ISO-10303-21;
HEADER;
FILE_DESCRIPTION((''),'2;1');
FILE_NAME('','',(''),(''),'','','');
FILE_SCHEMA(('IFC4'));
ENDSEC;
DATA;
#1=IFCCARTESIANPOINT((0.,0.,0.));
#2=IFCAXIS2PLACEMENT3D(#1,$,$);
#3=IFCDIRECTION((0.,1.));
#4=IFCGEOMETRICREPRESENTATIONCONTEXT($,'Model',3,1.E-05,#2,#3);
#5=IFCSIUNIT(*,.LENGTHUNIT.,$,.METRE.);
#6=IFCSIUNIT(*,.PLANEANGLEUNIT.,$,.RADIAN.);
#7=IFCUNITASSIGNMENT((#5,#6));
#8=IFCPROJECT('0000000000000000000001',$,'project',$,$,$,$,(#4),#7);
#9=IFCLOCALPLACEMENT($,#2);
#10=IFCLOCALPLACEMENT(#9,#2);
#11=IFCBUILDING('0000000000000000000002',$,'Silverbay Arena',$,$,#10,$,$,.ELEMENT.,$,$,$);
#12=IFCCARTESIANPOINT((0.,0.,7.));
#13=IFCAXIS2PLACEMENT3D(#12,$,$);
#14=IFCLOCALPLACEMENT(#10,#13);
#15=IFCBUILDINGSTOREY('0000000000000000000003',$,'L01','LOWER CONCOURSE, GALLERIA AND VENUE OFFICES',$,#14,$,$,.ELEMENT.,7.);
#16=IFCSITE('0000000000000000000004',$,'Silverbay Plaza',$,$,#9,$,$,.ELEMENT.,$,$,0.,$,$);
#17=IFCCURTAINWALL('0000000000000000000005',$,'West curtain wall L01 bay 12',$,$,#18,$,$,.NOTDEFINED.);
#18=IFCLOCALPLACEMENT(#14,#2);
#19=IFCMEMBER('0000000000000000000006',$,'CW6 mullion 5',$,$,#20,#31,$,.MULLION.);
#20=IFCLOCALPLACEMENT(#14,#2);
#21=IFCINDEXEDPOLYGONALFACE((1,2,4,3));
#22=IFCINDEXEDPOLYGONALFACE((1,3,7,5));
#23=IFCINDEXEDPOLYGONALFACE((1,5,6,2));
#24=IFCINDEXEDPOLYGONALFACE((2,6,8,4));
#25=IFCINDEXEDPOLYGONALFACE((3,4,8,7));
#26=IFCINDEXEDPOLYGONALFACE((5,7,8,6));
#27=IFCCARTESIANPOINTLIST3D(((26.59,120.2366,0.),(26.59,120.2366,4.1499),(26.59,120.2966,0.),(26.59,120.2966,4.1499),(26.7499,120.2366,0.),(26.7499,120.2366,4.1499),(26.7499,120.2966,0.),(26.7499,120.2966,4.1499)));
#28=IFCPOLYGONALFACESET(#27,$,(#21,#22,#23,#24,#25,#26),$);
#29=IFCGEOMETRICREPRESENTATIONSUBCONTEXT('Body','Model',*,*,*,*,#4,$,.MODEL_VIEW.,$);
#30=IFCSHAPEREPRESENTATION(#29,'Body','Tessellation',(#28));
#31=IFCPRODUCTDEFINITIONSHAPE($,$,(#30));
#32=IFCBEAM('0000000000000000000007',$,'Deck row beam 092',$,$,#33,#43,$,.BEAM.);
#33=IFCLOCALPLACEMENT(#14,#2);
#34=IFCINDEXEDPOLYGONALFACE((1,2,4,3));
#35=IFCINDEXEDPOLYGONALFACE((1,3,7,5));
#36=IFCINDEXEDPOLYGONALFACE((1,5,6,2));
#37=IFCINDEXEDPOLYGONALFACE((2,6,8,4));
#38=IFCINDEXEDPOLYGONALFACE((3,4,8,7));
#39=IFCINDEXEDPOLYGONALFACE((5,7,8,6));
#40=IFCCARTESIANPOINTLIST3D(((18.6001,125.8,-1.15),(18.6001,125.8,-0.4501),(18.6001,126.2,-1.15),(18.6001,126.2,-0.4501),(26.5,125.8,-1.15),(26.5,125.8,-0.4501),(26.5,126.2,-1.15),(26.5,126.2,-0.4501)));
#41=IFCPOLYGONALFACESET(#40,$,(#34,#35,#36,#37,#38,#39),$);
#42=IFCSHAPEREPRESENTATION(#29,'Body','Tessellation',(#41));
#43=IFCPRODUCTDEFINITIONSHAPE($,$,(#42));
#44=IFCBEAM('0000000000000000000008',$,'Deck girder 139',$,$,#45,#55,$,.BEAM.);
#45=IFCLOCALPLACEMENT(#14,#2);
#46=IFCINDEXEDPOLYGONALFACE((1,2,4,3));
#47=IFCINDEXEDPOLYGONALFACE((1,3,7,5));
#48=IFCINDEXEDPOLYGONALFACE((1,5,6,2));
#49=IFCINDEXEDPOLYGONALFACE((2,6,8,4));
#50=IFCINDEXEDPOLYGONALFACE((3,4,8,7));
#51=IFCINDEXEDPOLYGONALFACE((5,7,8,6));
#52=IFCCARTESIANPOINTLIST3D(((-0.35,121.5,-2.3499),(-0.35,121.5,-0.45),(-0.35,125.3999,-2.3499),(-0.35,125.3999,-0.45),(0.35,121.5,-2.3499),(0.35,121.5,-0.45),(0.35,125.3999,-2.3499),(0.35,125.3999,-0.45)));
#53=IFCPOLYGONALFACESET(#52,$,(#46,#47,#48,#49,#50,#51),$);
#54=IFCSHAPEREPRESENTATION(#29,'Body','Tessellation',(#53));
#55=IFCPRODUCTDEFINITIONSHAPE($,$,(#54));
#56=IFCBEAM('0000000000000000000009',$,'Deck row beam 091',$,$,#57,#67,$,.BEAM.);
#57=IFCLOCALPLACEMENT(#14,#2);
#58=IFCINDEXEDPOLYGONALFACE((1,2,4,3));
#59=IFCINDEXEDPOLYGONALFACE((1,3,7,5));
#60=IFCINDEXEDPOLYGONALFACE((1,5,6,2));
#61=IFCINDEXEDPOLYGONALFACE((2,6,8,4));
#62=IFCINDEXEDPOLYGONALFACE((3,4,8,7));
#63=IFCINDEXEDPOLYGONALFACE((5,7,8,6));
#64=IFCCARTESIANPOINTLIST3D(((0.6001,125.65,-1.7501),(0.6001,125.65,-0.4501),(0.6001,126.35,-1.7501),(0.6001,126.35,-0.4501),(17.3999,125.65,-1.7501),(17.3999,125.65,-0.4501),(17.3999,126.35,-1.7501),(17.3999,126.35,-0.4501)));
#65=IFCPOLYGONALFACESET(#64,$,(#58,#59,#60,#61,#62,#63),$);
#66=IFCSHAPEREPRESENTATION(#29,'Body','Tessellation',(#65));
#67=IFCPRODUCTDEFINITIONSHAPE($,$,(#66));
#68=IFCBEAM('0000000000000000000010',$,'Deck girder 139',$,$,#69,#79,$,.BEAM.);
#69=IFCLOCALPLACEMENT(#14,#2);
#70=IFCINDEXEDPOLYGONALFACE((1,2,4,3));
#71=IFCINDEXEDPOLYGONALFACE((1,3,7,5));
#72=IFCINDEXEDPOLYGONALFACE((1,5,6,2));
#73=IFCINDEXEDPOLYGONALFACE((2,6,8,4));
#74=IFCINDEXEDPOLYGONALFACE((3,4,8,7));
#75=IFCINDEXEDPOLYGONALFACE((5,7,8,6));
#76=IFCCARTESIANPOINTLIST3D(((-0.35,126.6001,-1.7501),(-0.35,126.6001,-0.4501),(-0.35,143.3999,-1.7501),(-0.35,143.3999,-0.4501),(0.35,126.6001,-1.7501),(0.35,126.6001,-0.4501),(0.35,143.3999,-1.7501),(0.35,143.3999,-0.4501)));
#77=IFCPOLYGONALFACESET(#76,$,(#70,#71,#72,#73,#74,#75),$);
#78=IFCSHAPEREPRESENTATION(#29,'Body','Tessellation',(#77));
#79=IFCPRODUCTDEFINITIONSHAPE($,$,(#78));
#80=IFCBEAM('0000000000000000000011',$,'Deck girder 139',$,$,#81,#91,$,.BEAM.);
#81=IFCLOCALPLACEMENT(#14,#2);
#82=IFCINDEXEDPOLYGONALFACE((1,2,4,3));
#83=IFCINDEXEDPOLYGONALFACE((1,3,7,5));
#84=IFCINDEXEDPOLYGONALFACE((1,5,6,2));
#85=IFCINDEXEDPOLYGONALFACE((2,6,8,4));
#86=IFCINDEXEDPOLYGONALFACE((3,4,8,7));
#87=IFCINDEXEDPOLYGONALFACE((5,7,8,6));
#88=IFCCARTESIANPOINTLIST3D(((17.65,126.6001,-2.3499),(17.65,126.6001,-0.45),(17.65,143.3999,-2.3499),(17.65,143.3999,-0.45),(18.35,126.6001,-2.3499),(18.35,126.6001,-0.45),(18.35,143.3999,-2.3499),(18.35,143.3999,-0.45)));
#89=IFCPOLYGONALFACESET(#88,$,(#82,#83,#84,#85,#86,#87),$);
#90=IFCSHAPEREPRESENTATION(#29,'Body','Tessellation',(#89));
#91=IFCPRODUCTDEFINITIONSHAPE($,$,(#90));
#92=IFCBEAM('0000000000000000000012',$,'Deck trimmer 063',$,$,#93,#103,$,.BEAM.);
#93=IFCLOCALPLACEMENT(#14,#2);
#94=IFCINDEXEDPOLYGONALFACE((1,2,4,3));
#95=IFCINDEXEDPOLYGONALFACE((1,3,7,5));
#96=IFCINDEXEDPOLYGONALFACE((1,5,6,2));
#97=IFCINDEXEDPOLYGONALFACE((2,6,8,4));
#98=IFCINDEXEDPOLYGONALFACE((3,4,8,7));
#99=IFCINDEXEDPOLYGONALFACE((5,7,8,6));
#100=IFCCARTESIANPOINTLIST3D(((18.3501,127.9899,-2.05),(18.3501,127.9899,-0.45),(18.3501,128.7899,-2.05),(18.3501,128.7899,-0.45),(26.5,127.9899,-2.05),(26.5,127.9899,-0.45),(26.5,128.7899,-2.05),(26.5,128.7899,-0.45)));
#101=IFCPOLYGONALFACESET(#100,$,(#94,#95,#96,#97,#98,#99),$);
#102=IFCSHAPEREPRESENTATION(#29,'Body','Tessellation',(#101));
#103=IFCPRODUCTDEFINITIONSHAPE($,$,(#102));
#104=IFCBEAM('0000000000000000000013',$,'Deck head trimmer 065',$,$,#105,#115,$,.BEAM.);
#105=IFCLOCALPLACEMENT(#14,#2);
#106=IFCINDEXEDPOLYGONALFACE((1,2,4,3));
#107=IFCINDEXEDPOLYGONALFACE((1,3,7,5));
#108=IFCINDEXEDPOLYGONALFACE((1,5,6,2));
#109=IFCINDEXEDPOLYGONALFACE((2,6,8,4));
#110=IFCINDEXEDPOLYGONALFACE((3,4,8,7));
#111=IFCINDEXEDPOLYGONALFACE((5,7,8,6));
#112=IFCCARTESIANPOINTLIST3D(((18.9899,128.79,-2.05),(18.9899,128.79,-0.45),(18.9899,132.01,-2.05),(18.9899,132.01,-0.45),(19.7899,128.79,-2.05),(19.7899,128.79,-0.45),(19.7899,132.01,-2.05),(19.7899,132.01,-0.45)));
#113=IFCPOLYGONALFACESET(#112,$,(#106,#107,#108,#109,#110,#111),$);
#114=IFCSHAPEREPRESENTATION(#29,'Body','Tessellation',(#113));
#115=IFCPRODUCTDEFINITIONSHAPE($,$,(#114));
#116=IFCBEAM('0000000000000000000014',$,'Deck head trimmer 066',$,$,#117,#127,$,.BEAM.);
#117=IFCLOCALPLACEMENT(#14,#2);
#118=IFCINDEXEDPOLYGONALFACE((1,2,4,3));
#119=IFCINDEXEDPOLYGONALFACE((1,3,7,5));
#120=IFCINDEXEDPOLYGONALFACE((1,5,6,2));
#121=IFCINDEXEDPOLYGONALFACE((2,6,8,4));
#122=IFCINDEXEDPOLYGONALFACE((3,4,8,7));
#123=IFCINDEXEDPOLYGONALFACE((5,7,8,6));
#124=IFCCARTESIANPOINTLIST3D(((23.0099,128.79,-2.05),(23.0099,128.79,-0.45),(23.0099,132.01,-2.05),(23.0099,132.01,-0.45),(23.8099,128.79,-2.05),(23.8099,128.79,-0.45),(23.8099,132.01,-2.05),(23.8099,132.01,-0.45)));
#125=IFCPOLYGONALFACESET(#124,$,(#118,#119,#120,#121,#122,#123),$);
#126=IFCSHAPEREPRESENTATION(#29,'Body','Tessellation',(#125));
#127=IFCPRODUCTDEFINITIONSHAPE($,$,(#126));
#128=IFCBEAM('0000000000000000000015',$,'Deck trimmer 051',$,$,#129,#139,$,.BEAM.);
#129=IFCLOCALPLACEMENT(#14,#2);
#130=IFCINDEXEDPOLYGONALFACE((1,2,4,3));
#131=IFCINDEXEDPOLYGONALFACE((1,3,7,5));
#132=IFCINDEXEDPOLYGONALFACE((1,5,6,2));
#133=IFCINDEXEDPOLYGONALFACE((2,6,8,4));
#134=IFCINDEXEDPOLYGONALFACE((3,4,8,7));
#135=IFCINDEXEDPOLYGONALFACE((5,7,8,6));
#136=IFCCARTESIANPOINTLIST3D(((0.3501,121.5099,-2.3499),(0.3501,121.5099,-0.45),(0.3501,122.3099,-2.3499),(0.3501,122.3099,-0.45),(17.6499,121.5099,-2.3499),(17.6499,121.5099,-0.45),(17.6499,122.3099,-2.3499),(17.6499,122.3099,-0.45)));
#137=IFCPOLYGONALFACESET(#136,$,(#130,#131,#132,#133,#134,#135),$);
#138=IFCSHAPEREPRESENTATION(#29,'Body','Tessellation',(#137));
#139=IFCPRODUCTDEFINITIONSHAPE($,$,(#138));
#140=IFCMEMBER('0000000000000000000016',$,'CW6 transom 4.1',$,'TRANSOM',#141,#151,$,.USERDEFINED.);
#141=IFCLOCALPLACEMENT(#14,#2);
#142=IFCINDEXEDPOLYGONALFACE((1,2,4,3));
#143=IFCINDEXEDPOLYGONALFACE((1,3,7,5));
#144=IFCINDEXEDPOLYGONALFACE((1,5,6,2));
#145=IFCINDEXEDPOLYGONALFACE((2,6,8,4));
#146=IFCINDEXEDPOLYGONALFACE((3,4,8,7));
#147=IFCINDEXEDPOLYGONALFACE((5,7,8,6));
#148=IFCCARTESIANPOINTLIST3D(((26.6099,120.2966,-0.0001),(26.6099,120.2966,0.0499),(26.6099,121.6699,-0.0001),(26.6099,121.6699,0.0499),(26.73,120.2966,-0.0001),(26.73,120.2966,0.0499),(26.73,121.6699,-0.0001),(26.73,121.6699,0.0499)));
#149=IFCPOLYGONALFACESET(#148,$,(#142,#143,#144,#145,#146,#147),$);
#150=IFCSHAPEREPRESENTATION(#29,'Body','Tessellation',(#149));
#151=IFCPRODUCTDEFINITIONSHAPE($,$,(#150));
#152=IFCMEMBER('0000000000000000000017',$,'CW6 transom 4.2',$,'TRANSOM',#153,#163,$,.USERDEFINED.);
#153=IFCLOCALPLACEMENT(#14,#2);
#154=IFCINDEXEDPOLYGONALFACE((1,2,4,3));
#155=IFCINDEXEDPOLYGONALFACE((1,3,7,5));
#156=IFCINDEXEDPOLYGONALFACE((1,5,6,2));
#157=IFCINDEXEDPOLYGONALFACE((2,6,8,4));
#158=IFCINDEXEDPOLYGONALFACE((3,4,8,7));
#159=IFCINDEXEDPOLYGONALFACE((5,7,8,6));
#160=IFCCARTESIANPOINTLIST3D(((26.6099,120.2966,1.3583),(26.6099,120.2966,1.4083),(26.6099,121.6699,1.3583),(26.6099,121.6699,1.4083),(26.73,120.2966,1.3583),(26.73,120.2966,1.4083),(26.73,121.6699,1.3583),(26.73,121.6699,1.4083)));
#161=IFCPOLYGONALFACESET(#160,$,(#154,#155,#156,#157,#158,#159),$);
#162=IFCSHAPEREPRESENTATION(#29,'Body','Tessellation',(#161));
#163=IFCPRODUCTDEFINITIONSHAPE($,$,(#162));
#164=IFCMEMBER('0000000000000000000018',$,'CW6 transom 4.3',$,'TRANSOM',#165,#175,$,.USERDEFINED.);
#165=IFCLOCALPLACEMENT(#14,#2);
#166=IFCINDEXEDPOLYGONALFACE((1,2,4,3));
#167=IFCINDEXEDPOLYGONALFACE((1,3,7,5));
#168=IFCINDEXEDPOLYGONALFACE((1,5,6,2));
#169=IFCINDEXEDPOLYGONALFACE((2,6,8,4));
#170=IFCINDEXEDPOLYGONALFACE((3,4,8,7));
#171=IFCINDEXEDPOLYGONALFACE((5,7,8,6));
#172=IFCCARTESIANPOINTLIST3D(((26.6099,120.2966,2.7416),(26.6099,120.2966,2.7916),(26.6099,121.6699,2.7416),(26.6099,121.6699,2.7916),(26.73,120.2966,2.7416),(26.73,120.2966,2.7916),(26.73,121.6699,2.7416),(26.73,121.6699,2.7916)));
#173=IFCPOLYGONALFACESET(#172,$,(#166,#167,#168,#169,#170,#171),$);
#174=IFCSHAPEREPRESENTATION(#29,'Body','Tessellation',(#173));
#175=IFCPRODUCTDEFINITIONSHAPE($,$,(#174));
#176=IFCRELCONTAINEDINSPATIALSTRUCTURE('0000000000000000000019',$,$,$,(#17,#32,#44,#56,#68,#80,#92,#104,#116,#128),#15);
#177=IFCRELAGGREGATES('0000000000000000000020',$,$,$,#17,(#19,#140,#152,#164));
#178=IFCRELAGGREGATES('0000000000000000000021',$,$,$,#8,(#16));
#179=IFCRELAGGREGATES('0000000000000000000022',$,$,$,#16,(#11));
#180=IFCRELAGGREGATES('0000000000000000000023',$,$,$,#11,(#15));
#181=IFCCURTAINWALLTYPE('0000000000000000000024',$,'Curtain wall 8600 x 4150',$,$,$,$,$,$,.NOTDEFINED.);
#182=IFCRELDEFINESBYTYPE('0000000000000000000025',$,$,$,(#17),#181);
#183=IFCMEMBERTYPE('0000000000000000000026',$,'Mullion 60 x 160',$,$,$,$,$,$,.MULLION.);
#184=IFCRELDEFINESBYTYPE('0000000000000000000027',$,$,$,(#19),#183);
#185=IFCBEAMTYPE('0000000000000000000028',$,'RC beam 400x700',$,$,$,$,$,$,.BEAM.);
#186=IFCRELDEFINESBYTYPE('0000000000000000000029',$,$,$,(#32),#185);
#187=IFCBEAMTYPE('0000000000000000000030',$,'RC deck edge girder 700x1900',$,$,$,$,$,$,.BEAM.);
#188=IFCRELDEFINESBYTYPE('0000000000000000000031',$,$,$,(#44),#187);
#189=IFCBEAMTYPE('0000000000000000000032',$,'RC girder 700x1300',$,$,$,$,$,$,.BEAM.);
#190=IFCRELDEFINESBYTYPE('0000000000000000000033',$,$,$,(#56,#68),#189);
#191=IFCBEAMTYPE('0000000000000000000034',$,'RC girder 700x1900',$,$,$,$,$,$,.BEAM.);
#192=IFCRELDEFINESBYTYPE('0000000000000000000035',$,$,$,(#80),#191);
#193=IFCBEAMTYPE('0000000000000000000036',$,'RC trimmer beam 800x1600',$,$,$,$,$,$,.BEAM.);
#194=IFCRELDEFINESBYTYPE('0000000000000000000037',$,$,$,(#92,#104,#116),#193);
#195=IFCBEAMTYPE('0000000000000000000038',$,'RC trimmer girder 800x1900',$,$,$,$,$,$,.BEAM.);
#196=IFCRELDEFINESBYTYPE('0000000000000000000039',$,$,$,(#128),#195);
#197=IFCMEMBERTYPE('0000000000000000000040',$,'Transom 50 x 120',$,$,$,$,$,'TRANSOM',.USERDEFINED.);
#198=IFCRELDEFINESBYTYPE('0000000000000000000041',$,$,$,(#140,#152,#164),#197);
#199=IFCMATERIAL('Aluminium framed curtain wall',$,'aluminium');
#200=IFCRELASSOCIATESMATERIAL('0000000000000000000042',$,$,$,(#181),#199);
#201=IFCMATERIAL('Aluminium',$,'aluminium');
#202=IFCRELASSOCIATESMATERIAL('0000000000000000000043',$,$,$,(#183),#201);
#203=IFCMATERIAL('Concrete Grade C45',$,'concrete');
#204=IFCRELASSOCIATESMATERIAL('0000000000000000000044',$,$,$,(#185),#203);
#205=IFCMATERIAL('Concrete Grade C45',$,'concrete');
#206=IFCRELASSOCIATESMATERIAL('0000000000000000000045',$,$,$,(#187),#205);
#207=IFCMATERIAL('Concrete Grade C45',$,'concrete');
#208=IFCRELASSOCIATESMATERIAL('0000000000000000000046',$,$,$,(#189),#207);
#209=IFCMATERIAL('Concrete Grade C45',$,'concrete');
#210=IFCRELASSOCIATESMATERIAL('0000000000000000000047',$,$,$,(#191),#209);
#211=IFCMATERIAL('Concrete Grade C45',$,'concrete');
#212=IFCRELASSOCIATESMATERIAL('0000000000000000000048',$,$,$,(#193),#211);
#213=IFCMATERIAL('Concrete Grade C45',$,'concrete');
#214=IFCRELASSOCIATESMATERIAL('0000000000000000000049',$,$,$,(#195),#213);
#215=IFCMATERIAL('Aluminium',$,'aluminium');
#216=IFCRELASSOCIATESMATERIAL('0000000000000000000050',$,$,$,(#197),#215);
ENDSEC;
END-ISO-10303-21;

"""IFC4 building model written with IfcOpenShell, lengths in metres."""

from ifc_helpers import new_model, si_unit, direction, frame, origin, origin_2d, place, context, subcontext, project, spatial, rectangle, extrude, material, material_profile, profile_set, type_object, element, aggregate, save


model = new_model("IFC4")

# Units and contexts
model_context = context("Model", 3, precision=1e-05, world=origin(), true_north=direction((0.0, 1.0)))
body_context = subcontext(model_context, "Body", "Model", "MODEL_VIEW")
ifc_project = project(units=[si_unit("LENGTHUNIT", "METRE"), si_unit("PLANEANGLEUNIT", "RADIAN")], contexts=[model_context])

# Site, building, storey
site_placement = place(None, origin())
site = spatial("IfcSite", under=ifc_project, at=site_placement, Name="Silverbay Plaza", CompositionType="ELEMENT", RefElevation=0.0)
building_placement = place(site_placement, origin())
building = spatial("IfcBuilding", under=site, at=building_placement, Name="Silverbay Arena", CompositionType="ELEMENT")
storey_placement = place(building_placement, frame((0.0, 0.0, 7.0)))
storey = spatial("IfcBuildingStorey", under=building, at=storey_placement, Name="L01", Description="LOWER CONCOURSE, GALLERIA AND VENUE OFFICES", CompositionType="ELEMENT", Elevation=7.0)

# Curtain wall, member
ifc_material_1 = material(Name="Aluminium framed curtain wall", Category="aluminium")
curtain_wall_type = type_object("IfcCurtainWallType", Name="Curtain wall 8600 x 4150", PredefinedType="NOTDEFINED", material=ifc_material_1)
curtain_wall_placement = place(storey_placement, origin())
curtain_wall = element("IfcCurtainWall", 1, at=curtain_wall_placement, inside=storey, type_object=curtain_wall_type, Name="West curtain wall L01 bay 12", PredefinedType="NOTDEFINED")
ifc_material_2 = material(Name="Aluminium", Category="aluminium")
ifc_material_profile_1 = material_profile(ifc_material_2, rectangle(XDim=0.1599, YDim=0.0601, at=origin_2d()), Name="Mullion 60 x 160")
ifc_profile_set_1 = profile_set([ifc_material_profile_1], Name="Aluminium")
member_type_1 = type_object("IfcMemberType", Name="Mullion 60 x 160", PredefinedType="MULLION", material=ifc_profile_set_1)
member_1_placement = place(storey_placement, frame((26.6699, 120.2666, 0.0), z_axis=(0.0, 0.0, 1.0), x_axis=(1.0, 0.0, 0.0)))
member_1 = element("IfcMember", 2, at=member_1_placement, type_object=member_type_1, Name="CW6 mullion 5", PredefinedType="MULLION", context=body_context, shape_type="SweptSolid", body=[
    extrude(rectangle(XDim=0.1599, YDim=0.0601, at=origin_2d()), origin(), (0.0, 0.0, 1.0), 4.1499),
])

# Beams
ifc_material_3 = material(Name="Concrete Grade C45", Category="concrete")
ifc_material_profile_2 = material_profile(ifc_material_3, rectangle(XDim=0.3999, YDim=0.7, at=origin_2d()), Name="RC 400x700")
ifc_profile_set_2 = profile_set([ifc_material_profile_2], Name="Concrete Grade C45")
beam_type_1 = type_object("IfcBeamType", Name="RC beam 400x700", PredefinedType="BEAM", material=ifc_profile_set_2)
beam_1_placement = place(storey_placement, frame((18.6001, 126.0, -0.8), z_axis=(1.0, 0.0, 0.0), x_axis=(0.0, 1.0, 0.0)))
element("IfcBeam", 3, at=beam_1_placement, inside=storey, type_object=beam_type_1, Name="Deck row beam 092", PredefinedType="BEAM", context=body_context, shape_type="SweptSolid", body=[
    extrude(rectangle(XDim=0.3999, YDim=0.7, at=origin_2d()), origin(), (0.0, 0.0, 1.0), 7.8999),
])
ifc_material_4 = material(Name="Concrete Grade C45", Category="concrete")
ifc_material_profile_3 = material_profile(ifc_material_4, rectangle(XDim=0.7, YDim=1.8999, at=origin_2d()), Name="RC 700x1900")
ifc_profile_set_3 = profile_set([ifc_material_profile_3], Name="Concrete Grade C45")
beam_type_2 = type_object("IfcBeamType", Name="RC deck edge girder 700x1900", PredefinedType="BEAM", material=ifc_profile_set_3)
beam_2_placement = place(storey_placement, frame((0.0, 121.5, -1.3999), z_axis=(0.0, 1.0, 0.0), x_axis=(-1.0, 0.0, 0.0)))
element("IfcBeam", 4, at=beam_2_placement, inside=storey, type_object=beam_type_2, Name="Deck girder 139", PredefinedType="BEAM", context=body_context, shape_type="SweptSolid", body=[
    extrude(rectangle(XDim=0.7, YDim=1.8999, at=origin_2d()), origin(), (0.0, 0.0, 1.0), 3.8999),
])
ifc_material_5 = material(Name="Concrete Grade C45", Category="concrete")
ifc_material_profile_4 = material_profile(ifc_material_5, rectangle(XDim=0.7, YDim=1.3, at=origin_2d()), Name="RC 700x1300")
ifc_profile_set_4 = profile_set([ifc_material_profile_4], Name="Concrete Grade C45")
beam_type_3 = type_object("IfcBeamType", Name="RC girder 700x1300", PredefinedType="BEAM", material=ifc_profile_set_4)
for number, where, z_axis, x_axis, name in (
    (5, (0.6001, 126.0, -1.1001), (1.0, 0.0, 0.0), (0.0, 1.0, 0.0), "Deck row beam 091"),
    (6, (0.0, 126.6001, -1.1001), (0.0, 1.0, 0.0), (-1.0, 0.0, 0.0), "Deck girder 139"),
):
    element("IfcBeam", number, at=place(storey_placement, frame(where, z_axis=z_axis, x_axis=x_axis)), inside=storey, type_object=beam_type_3, Name=name, PredefinedType="BEAM", context=body_context, shape_type="SweptSolid", body=[
        extrude(rectangle(XDim=0.7, YDim=1.3, at=origin_2d()), origin(), (0.0, 0.0, 1.0), 16.7998),
    ])
ifc_material_6 = material(Name="Concrete Grade C45", Category="concrete")
ifc_material_profile_5 = material_profile(ifc_material_6, rectangle(XDim=0.7, YDim=1.8999, at=origin_2d()), Name="RC 700x1900")
ifc_profile_set_5 = profile_set([ifc_material_profile_5], Name="Concrete Grade C45")
beam_type_4 = type_object("IfcBeamType", Name="RC girder 700x1900", PredefinedType="BEAM", material=ifc_profile_set_5)
beam_3_placement = place(storey_placement, frame((18.0, 126.6001, -1.3999), z_axis=(0.0, 1.0, 0.0), x_axis=(-1.0, 0.0, 0.0)))
element("IfcBeam", 7, at=beam_3_placement, inside=storey, type_object=beam_type_4, Name="Deck girder 139", PredefinedType="BEAM", context=body_context, shape_type="SweptSolid", body=[
    extrude(rectangle(XDim=0.7, YDim=1.8999, at=origin_2d()), origin(), (0.0, 0.0, 1.0), 16.7998),
])
ifc_material_7 = material(Name="Concrete Grade C45", Category="concrete")
ifc_material_profile_6 = material_profile(ifc_material_7, rectangle(XDim=0.8, YDim=1.6001, at=origin_2d()), Name="RC 800x1600")
ifc_profile_set_6 = profile_set([ifc_material_profile_6], Name="Concrete Grade C45")
beam_type_5 = type_object("IfcBeamType", Name="RC trimmer beam 800x1600", PredefinedType="BEAM", material=ifc_profile_set_6)
beam_4_placement = place(storey_placement, frame((18.3501, 128.3899, -1.25), z_axis=(1.0, 0.0, 0.0), x_axis=(0.0, 1.0, 0.0)))
element("IfcBeam", 8, at=beam_4_placement, inside=storey, type_object=beam_type_5, Name="Deck trimmer 063", PredefinedType="BEAM", context=body_context, shape_type="SweptSolid", body=[
    extrude(rectangle(XDim=0.8, YDim=1.6001, at=origin_2d()), origin(), (0.0, 0.0, 1.0), 8.1499),
])
for number, where, z_axis, x_axis, name in (
    (9, (19.3899, 128.79, -1.25), (0.0, 1.0, 0.0), (-1.0, 0.0, 0.0), "Deck head trimmer 065"),
    (10, (23.4099, 128.79, -1.25), (0.0, 1.0, 0.0), (-1.0, 0.0, 0.0), "Deck head trimmer 066"),
):
    element("IfcBeam", number, at=place(storey_placement, frame(where, z_axis=z_axis, x_axis=x_axis)), inside=storey, type_object=beam_type_5, Name=name, PredefinedType="BEAM", context=body_context, shape_type="SweptSolid", body=[
        extrude(rectangle(XDim=0.8, YDim=1.6001, at=origin_2d()), origin(), (0.0, 0.0, 1.0), 3.22),
    ])
ifc_material_8 = material(Name="Concrete Grade C45", Category="concrete")
ifc_material_profile_7 = material_profile(ifc_material_8, rectangle(XDim=0.8, YDim=1.8999, at=origin_2d()), Name="RC 800x1900")
ifc_profile_set_7 = profile_set([ifc_material_profile_7], Name="Concrete Grade C45")
beam_type_6 = type_object("IfcBeamType", Name="RC trimmer girder 800x1900", PredefinedType="BEAM", material=ifc_profile_set_7)
beam_5_placement = place(storey_placement, frame((0.3501, 121.9099, -1.3999), z_axis=(1.0, 0.0, 0.0), x_axis=(0.0, 1.0, 0.0)))
element("IfcBeam", 11, at=beam_5_placement, inside=storey, type_object=beam_type_6, Name="Deck trimmer 051", PredefinedType="BEAM", context=body_context, shape_type="SweptSolid", body=[
    extrude(rectangle(XDim=0.8, YDim=1.8999, at=origin_2d()), origin(), (0.0, 0.0, 1.0), 17.2998),
])

# Members
ifc_material_9 = material(Name="Aluminium", Category="aluminium")
ifc_material_profile_8 = material_profile(ifc_material_9, rectangle(XDim=0.1201, YDim=0.05, at=origin_2d()), Name="Transom 50 x 120")
ifc_profile_set_8 = profile_set([ifc_material_profile_8], Name="Aluminium")
member_type_2 = type_object("IfcMemberType", Name="Transom 50 x 120", ElementType="TRANSOM", PredefinedType="USERDEFINED", material=ifc_profile_set_8)
member_2_placement = place(storey_placement, frame((26.6699, 121.6699, 0.0249), z_axis=(0.0, -1.0, 0.0), x_axis=(1.0, 0.0, 0.0)))
member_2 = element("IfcMember", 12, at=member_2_placement, type_object=member_type_2, Name="CW6 transom 4.1", ObjectType="TRANSOM", PredefinedType="USERDEFINED", context=body_context, shape_type="SweptSolid", body=[
    extrude(rectangle(XDim=0.1201, YDim=0.05, at=origin_2d()), origin(), (0.0, 0.0, 1.0), 1.3733),
])
member_3_placement = place(storey_placement, frame((26.6699, 121.6699, 1.3833), z_axis=(0.0, -1.0, 0.0), x_axis=(1.0, 0.0, 0.0)))
member_3 = element("IfcMember", 13, at=member_3_placement, type_object=member_type_2, Name="CW6 transom 4.2", ObjectType="TRANSOM", PredefinedType="USERDEFINED", context=body_context, shape_type="SweptSolid", body=[
    extrude(rectangle(XDim=0.1201, YDim=0.05, at=origin_2d()), origin(), (0.0, 0.0, 1.0), 1.3733),
])
member_4_placement = place(storey_placement, frame((26.6699, 121.6699, 2.7666), z_axis=(0.0, -1.0, 0.0), x_axis=(1.0, 0.0, 0.0)))
member_4 = element("IfcMember", 14, at=member_4_placement, type_object=member_type_2, Name="CW6 transom 4.3", ObjectType="TRANSOM", PredefinedType="USERDEFINED", context=body_context, shape_type="SweptSolid", body=[
    extrude(rectangle(XDim=0.1201, YDim=0.05, at=origin_2d()), origin(), (0.0, 0.0, 1.0), 1.3733),
])

aggregate(curtain_wall, [member_1, member_2, member_3, member_4])

save(model, "model.ifc")
